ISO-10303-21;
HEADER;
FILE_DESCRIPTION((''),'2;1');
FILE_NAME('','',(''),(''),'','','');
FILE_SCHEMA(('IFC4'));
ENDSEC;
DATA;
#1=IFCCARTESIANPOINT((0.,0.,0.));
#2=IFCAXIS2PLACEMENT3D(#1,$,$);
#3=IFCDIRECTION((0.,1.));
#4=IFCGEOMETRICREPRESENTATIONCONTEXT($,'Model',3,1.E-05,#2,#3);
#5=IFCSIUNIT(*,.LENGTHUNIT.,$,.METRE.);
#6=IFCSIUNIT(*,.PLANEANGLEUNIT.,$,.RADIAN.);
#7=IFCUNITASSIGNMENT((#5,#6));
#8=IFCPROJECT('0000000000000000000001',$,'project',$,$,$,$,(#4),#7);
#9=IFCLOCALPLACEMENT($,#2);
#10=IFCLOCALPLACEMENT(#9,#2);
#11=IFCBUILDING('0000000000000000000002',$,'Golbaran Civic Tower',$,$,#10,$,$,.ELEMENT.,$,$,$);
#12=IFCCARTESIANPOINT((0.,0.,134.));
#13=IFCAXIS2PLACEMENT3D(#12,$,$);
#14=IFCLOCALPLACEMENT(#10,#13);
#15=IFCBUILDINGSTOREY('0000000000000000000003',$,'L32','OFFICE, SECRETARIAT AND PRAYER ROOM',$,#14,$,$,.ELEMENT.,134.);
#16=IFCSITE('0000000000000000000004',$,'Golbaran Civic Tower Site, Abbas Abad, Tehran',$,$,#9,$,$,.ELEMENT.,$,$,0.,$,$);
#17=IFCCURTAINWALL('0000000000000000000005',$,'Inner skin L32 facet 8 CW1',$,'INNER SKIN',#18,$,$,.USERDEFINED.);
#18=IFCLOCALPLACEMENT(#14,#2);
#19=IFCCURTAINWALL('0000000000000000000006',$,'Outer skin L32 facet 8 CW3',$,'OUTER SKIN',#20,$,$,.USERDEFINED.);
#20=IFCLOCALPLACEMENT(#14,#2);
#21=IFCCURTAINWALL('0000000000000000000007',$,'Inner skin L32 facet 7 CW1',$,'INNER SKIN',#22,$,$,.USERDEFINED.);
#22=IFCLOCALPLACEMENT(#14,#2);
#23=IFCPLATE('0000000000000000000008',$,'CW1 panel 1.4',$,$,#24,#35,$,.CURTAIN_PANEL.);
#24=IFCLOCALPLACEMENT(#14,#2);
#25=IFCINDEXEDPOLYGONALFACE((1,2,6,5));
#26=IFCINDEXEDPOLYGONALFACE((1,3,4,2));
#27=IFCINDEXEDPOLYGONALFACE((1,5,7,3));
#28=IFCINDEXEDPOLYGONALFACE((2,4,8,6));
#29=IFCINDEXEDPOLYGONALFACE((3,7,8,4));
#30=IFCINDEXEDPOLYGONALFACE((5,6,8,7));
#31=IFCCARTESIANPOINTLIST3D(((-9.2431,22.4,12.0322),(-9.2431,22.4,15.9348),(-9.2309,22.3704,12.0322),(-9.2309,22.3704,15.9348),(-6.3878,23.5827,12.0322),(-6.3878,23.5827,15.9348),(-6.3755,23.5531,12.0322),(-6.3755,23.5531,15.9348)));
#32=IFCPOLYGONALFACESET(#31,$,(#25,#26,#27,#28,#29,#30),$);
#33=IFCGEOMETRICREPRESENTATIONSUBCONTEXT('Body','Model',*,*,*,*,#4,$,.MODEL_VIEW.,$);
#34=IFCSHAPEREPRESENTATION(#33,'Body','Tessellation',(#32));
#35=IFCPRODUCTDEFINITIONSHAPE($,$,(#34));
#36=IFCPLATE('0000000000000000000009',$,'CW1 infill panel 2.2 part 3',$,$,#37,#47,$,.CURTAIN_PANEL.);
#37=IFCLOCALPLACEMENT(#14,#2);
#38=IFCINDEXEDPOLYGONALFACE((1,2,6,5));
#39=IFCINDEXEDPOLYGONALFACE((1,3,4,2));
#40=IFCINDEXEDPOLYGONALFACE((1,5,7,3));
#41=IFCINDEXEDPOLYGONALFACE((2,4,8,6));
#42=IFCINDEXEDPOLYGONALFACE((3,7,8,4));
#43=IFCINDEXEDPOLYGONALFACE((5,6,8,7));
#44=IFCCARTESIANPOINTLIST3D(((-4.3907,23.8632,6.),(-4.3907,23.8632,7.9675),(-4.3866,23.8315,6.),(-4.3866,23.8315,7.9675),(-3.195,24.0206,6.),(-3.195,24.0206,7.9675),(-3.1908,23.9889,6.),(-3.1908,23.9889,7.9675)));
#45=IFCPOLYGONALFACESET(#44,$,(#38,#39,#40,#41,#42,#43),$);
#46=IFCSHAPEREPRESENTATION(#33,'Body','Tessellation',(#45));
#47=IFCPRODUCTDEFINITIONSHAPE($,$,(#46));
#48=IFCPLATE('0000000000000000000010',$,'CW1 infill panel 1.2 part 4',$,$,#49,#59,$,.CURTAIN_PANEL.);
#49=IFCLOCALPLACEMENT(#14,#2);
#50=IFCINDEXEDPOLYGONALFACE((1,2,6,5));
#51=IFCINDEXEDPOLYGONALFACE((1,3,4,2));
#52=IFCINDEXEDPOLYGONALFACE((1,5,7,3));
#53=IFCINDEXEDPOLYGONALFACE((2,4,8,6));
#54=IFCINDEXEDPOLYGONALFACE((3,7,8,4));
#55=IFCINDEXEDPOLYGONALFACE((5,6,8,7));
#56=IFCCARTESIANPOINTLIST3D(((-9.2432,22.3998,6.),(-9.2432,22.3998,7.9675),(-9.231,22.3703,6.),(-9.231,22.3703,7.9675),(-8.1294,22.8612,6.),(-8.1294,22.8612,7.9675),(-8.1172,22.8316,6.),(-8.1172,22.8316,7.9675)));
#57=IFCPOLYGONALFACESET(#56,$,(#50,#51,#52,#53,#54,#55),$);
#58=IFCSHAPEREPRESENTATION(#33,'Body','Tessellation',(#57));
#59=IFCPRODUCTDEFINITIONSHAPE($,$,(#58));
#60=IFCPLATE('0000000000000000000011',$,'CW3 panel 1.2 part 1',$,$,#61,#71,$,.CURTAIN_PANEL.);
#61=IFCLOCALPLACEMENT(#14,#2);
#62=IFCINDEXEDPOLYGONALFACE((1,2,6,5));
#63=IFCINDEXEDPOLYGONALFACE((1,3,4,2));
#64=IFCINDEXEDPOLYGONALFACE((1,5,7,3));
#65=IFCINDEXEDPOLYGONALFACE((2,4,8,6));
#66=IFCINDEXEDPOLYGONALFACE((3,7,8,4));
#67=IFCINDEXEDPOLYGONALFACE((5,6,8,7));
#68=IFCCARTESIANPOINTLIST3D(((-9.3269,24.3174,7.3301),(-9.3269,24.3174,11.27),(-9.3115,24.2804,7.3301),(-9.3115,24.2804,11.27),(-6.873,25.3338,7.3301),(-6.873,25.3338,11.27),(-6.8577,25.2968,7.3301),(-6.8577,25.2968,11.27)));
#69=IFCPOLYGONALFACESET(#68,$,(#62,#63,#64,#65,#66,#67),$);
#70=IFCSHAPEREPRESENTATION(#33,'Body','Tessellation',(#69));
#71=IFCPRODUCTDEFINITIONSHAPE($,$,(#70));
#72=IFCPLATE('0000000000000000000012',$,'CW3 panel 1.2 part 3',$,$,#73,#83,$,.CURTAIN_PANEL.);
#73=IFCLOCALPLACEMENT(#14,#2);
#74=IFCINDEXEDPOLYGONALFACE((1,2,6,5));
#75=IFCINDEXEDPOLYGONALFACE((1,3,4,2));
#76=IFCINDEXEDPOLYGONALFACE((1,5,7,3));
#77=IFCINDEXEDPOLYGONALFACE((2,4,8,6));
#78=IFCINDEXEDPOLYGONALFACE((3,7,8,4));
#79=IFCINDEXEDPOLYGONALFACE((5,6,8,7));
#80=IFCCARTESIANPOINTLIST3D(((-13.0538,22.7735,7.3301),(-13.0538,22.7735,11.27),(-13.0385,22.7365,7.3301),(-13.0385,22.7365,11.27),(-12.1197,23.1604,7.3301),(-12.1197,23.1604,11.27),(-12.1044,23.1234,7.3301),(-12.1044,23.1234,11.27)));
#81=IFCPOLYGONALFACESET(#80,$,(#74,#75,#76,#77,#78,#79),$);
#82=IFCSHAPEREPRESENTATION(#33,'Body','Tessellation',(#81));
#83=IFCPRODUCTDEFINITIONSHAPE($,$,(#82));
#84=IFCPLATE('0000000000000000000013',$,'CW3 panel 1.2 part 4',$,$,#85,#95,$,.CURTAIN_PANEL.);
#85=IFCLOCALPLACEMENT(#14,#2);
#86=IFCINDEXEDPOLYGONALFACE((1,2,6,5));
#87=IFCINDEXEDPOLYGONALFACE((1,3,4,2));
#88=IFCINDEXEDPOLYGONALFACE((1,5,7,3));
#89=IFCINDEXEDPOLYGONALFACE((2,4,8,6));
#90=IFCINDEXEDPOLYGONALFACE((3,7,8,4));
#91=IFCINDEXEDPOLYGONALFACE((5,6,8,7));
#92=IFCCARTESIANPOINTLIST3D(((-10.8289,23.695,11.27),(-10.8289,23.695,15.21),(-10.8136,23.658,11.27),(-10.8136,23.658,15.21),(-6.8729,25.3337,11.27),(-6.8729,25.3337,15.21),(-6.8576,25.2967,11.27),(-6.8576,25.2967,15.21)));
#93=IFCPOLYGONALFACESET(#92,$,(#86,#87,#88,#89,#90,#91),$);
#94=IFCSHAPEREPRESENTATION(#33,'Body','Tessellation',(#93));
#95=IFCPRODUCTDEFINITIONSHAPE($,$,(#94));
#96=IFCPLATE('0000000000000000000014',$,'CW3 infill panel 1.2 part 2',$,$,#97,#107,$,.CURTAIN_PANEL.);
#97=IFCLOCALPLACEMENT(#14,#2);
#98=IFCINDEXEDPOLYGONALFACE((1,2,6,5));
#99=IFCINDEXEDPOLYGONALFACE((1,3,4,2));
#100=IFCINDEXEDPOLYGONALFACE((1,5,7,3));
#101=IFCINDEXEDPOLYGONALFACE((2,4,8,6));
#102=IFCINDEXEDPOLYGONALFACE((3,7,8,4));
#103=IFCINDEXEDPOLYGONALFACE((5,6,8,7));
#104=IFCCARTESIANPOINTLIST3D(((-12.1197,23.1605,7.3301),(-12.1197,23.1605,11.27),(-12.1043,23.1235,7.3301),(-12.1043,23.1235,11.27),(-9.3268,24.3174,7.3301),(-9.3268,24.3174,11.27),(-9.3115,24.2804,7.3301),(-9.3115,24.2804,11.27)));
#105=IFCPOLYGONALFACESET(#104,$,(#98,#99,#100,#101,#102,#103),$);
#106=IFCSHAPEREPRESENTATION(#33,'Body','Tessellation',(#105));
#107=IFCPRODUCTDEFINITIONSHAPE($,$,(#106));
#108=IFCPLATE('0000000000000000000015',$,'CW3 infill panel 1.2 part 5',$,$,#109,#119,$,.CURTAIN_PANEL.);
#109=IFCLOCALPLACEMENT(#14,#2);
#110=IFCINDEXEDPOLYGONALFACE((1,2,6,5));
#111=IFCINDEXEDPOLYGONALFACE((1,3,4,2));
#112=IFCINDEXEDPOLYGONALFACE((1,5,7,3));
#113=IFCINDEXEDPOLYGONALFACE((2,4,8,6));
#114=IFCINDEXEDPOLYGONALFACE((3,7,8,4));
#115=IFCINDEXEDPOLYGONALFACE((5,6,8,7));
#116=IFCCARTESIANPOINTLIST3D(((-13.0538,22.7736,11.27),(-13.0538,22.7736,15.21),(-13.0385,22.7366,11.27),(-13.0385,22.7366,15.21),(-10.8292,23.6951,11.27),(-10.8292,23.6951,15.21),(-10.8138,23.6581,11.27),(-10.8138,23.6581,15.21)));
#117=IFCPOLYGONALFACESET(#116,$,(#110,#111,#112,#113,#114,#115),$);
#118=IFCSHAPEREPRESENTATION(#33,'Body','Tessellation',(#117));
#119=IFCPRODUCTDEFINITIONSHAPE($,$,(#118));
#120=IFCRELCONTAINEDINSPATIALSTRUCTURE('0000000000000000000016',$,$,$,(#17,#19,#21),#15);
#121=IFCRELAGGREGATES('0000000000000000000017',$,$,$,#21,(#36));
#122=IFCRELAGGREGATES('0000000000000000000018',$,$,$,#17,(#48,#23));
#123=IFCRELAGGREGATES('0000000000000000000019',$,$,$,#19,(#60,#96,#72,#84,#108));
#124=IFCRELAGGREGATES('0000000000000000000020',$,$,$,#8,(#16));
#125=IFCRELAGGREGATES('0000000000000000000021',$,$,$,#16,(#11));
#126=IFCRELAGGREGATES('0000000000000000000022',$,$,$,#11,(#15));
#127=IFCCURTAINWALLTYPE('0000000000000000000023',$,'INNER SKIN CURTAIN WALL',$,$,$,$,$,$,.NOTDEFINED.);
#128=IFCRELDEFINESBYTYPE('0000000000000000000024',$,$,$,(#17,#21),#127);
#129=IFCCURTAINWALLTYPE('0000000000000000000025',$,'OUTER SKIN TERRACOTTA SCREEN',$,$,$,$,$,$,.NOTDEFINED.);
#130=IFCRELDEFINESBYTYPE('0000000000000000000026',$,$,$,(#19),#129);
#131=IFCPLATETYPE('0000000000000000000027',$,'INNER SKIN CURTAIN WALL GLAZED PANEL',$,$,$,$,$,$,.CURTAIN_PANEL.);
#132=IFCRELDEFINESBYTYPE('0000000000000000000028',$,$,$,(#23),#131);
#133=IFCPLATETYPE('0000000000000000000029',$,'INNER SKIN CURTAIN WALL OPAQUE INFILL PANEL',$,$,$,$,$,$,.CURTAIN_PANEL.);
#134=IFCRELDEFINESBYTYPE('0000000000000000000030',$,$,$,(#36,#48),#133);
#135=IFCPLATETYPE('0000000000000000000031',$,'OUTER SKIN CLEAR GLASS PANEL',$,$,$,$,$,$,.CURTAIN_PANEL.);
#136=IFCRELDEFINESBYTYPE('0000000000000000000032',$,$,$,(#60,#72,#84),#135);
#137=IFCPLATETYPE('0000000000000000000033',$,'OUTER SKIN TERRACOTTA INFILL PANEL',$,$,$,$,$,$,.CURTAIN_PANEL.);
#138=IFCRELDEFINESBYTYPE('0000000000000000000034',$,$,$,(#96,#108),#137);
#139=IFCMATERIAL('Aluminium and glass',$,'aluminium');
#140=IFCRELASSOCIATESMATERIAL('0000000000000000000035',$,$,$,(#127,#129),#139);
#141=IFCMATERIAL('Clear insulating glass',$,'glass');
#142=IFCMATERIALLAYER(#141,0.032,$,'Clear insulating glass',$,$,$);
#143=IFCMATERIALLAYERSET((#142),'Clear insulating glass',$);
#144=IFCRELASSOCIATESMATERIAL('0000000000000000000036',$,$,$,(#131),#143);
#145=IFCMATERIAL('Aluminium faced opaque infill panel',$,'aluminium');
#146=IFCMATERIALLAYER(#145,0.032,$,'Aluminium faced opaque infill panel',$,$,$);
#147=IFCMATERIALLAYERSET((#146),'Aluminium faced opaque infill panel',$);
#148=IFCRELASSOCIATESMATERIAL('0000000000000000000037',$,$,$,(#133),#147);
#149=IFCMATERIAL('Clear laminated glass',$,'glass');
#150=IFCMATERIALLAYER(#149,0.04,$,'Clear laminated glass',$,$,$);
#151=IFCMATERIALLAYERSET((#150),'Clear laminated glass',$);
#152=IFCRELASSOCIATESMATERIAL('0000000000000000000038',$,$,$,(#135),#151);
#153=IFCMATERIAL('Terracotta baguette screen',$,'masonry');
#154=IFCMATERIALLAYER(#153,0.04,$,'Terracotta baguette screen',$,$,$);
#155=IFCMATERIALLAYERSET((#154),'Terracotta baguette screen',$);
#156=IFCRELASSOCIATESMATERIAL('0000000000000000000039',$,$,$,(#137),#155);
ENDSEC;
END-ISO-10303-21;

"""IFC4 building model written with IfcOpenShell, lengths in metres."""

from ifc_helpers import new_model, si_unit, direction, frame, origin, origin_2d, place, context, subcontext, project, spatial, rectangle, extrude, material, layer, layer_set, type_object, element, aggregate, save


model = new_model("IFC4")

# Units and contexts
model_context = context("Model", 3, precision=1e-05, world=origin(), true_north=direction((0.0, 1.0)))
body_context = subcontext(model_context, "Body", "Model", "MODEL_VIEW")
ifc_project = project(units=[si_unit("LENGTHUNIT", "METRE"), si_unit("PLANEANGLEUNIT", "RADIAN")], contexts=[model_context])

# Site, building, storey
site_placement = place(None, origin())
site = spatial("IfcSite", under=ifc_project, at=site_placement, Name="Golbaran Civic Tower Site, Abbas Abad, Tehran", CompositionType="ELEMENT", RefElevation=0.0)
building_placement = place(site_placement, origin())
building = spatial("IfcBuilding", under=site, at=building_placement, Name="Golbaran Civic Tower", CompositionType="ELEMENT")
storey_placement = place(building_placement, frame((0.0, 0.0, 134.0)))
storey = spatial("IfcBuildingStorey", under=building, at=storey_placement, Name="L32", Description="OFFICE, SECRETARIAT AND PRAYER ROOM", CompositionType="ELEMENT", Elevation=134.0)

# Curtain walls
ifc_material_1 = material(Name="Aluminium and glass", Category="aluminium")
curtain_wall_type_1 = type_object("IfcCurtainWallType", Name="INNER SKIN CURTAIN WALL", PredefinedType="NOTDEFINED", material=ifc_material_1)
curtain_wall_1_placement = place(storey_placement, origin())
curtain_wall_1 = element("IfcCurtainWall", 1, at=curtain_wall_1_placement, inside=storey, type_object=curtain_wall_type_1, Name="Inner skin L32 facet 8 CW1", ObjectType="INNER SKIN", PredefinedType="USERDEFINED")
curtain_wall_type_2 = type_object("IfcCurtainWallType", Name="OUTER SKIN TERRACOTTA SCREEN", PredefinedType="NOTDEFINED", material=ifc_material_1)
curtain_wall_2_placement = place(storey_placement, origin())
curtain_wall_2 = element("IfcCurtainWall", 2, at=curtain_wall_2_placement, inside=storey, type_object=curtain_wall_type_2, Name="Outer skin L32 facet 8 CW3", ObjectType="OUTER SKIN", PredefinedType="USERDEFINED")

# Curtain wall
curtain_wall_3_placement = place(storey_placement, origin())
curtain_wall_3 = element("IfcCurtainWall", 3, at=curtain_wall_3_placement, inside=storey, type_object=curtain_wall_type_1, Name="Inner skin L32 facet 7 CW1", ObjectType="INNER SKIN", PredefinedType="USERDEFINED")
ifc_material_2 = material(Name="Clear insulating glass", Category="glass")
ifc_layer_1 = layer(ifc_material_2, 0.032, Name="Clear insulating glass")
ifc_layer_set_1 = layer_set([ifc_layer_1], Name="Clear insulating glass")
plate_type_1 = type_object("IfcPlateType", Name="INNER SKIN CURTAIN WALL GLAZED PANEL", PredefinedType="CURTAIN_PANEL", material=ifc_layer_set_1)

# Plates
plate_1_placement = place(storey_placement, frame((-7.8093, 22.9766, 12.0322), z_axis=(0.0, 0.0, 1.0), x_axis=(-0.92388, -0.382683, 0.0)))
plate_1 = element("IfcPlate", 4, at=plate_1_placement, type_object=plate_type_1, Name="CW1 panel 1.4", PredefinedType="CURTAIN_PANEL", context=body_context, shape_type="SweptSolid", body=[
    extrude(rectangle(XDim=3.0906, YDim=0.032, at=origin_2d()), origin(), (0.0, 0.0, 1.0), 3.9026),
])
ifc_material_3 = material(Name="Aluminium faced opaque infill panel", Category="aluminium")
ifc_layer_2 = layer(ifc_material_3, 0.032, Name="Aluminium faced opaque infill panel")
ifc_layer_set_2 = layer_set([ifc_layer_2], Name="Aluminium faced opaque infill panel")
plate_type_2 = type_object("IfcPlateType", Name="INNER SKIN CURTAIN WALL OPAQUE INFILL PANEL", PredefinedType="CURTAIN_PANEL", material=ifc_layer_set_2)
plate_2_placement = place(storey_placement, frame((-3.7908, 23.926, 6.0), z_axis=(0.0, 0.0, 1.0), x_axis=(-0.991445, -0.130526, 0.0)))
plate_2 = element("IfcPlate", 5, at=plate_2_placement, type_object=plate_type_2, Name="CW1 infill panel 2.2 part 3", PredefinedType="CURTAIN_PANEL", context=body_context, shape_type="SweptSolid", body=[
    extrude(rectangle(XDim=1.2061, YDim=0.032, at=origin_2d()), origin(), (0.0, 0.0, 1.0), 1.9675),
])
aggregate(curtain_wall_3, [plate_2])
plate_3_placement = place(storey_placement, frame((-8.6802, 22.6157, 6.0), z_axis=(0.0, 0.0, 1.0), x_axis=(-0.92388, -0.382683, 0.0)))
plate_3 = element("IfcPlate", 6, at=plate_3_placement, type_object=plate_type_2, Name="CW1 infill panel 1.2 part 4", PredefinedType="CURTAIN_PANEL", context=body_context, shape_type="SweptSolid", body=[
    extrude(rectangle(XDim=1.2056, YDim=0.032, at=origin_2d()), origin(), (0.0, 0.0, 1.0), 1.9675),
])
aggregate(curtain_wall_1, [plate_3, plate_1])
ifc_material_4 = material(Name="Clear laminated glass", Category="glass")
ifc_layer_3 = layer(ifc_material_4, 0.04, Name="Clear laminated glass")
ifc_layer_set_3 = layer_set([ifc_layer_3], Name="Clear laminated glass")
plate_type_3 = type_object("IfcPlateType", Name="OUTER SKIN CLEAR GLASS PANEL", PredefinedType="CURTAIN_PANEL", material=ifc_layer_set_3)
plate_4_placement = place(storey_placement, frame((-8.0923, 24.8071, 7.3301), z_axis=(0.0, 0.0, 1.0), x_axis=(-0.92388, -0.382683, 0.0)))
plate_4 = element("IfcPlate", 7, at=plate_4_placement, type_object=plate_type_3, Name="CW3 panel 1.2 part 1", PredefinedType="CURTAIN_PANEL", context=body_context, shape_type="SweptSolid", body=[
    extrude(rectangle(XDim=2.656, YDim=0.04, at=origin_2d()), origin(), (0.0, 0.0, 1.0), 3.9399),
])
plate_5_placement = place(storey_placement, frame((-12.5791, 22.9485, 7.3301), z_axis=(0.0, 0.0, 1.0), x_axis=(-0.92388, -0.382683, 0.0)))
plate_5 = element("IfcPlate", 8, at=plate_5_placement, type_object=plate_type_3, Name="CW3 panel 1.2 part 3", PredefinedType="CURTAIN_PANEL", context=body_context, shape_type="SweptSolid", body=[
    extrude(rectangle(XDim=1.011, YDim=0.04, at=origin_2d()), origin(), (0.0, 0.0, 1.0), 3.9399),
])
plate_6_placement = place(storey_placement, frame((-8.8433, 24.4958, 11.27), z_axis=(0.0, 0.0, 1.0), x_axis=(-0.92388, -0.382683, 0.0)))
plate_6 = element("IfcPlate", 9, at=plate_6_placement, type_object=plate_type_3, Name="CW3 panel 1.2 part 4", PredefinedType="CURTAIN_PANEL", context=body_context, shape_type="SweptSolid", body=[
    extrude(rectangle(XDim=4.282, YDim=0.04, at=origin_2d()), origin(), (0.0, 0.0, 1.0), 3.9399),
])
ifc_material_5 = material(Name="Terracotta baguette screen", Category="masonry")
ifc_layer_4 = layer(ifc_material_5, 0.04, Name="Terracotta baguette screen")
ifc_layer_set_4 = layer_set([ifc_layer_4], Name="Terracotta baguette screen")
plate_type_4 = type_object("IfcPlateType", Name="OUTER SKIN TERRACOTTA INFILL PANEL", PredefinedType="CURTAIN_PANEL", material=ifc_layer_set_4)
plate_7_placement = place(storey_placement, frame((-10.7156, 23.7205, 7.3301), z_axis=(0.0, 0.0, 1.0), x_axis=(-0.92388, -0.382683, 0.0)))
plate_7 = element("IfcPlate", 10, at=plate_7_placement, type_object=plate_type_4, Name="CW3 infill panel 1.2 part 2", PredefinedType="CURTAIN_PANEL", context=body_context, shape_type="SweptSolid", body=[
    extrude(rectangle(XDim=3.0229, YDim=0.04, at=origin_2d()), origin(), (0.0, 0.0, 1.0), 3.9399),
])
plate_8_placement = place(storey_placement, frame((-11.9338, 23.2158, 11.27), z_axis=(0.0, 0.0, 1.0), x_axis=(-0.92388, -0.382683, 0.0)))
plate_8 = element("IfcPlate", 11, at=plate_8_placement, type_object=plate_type_4, Name="CW3 infill panel 1.2 part 5", PredefinedType="CURTAIN_PANEL", context=body_context, shape_type="SweptSolid", body=[
    extrude(rectangle(XDim=2.408, YDim=0.04, at=origin_2d()), origin(), (0.0, 0.0, 1.0), 3.9399),
])
aggregate(curtain_wall_2, [plate_4, plate_7, plate_5, plate_6, plate_8])

save(model, "model.ifc")
